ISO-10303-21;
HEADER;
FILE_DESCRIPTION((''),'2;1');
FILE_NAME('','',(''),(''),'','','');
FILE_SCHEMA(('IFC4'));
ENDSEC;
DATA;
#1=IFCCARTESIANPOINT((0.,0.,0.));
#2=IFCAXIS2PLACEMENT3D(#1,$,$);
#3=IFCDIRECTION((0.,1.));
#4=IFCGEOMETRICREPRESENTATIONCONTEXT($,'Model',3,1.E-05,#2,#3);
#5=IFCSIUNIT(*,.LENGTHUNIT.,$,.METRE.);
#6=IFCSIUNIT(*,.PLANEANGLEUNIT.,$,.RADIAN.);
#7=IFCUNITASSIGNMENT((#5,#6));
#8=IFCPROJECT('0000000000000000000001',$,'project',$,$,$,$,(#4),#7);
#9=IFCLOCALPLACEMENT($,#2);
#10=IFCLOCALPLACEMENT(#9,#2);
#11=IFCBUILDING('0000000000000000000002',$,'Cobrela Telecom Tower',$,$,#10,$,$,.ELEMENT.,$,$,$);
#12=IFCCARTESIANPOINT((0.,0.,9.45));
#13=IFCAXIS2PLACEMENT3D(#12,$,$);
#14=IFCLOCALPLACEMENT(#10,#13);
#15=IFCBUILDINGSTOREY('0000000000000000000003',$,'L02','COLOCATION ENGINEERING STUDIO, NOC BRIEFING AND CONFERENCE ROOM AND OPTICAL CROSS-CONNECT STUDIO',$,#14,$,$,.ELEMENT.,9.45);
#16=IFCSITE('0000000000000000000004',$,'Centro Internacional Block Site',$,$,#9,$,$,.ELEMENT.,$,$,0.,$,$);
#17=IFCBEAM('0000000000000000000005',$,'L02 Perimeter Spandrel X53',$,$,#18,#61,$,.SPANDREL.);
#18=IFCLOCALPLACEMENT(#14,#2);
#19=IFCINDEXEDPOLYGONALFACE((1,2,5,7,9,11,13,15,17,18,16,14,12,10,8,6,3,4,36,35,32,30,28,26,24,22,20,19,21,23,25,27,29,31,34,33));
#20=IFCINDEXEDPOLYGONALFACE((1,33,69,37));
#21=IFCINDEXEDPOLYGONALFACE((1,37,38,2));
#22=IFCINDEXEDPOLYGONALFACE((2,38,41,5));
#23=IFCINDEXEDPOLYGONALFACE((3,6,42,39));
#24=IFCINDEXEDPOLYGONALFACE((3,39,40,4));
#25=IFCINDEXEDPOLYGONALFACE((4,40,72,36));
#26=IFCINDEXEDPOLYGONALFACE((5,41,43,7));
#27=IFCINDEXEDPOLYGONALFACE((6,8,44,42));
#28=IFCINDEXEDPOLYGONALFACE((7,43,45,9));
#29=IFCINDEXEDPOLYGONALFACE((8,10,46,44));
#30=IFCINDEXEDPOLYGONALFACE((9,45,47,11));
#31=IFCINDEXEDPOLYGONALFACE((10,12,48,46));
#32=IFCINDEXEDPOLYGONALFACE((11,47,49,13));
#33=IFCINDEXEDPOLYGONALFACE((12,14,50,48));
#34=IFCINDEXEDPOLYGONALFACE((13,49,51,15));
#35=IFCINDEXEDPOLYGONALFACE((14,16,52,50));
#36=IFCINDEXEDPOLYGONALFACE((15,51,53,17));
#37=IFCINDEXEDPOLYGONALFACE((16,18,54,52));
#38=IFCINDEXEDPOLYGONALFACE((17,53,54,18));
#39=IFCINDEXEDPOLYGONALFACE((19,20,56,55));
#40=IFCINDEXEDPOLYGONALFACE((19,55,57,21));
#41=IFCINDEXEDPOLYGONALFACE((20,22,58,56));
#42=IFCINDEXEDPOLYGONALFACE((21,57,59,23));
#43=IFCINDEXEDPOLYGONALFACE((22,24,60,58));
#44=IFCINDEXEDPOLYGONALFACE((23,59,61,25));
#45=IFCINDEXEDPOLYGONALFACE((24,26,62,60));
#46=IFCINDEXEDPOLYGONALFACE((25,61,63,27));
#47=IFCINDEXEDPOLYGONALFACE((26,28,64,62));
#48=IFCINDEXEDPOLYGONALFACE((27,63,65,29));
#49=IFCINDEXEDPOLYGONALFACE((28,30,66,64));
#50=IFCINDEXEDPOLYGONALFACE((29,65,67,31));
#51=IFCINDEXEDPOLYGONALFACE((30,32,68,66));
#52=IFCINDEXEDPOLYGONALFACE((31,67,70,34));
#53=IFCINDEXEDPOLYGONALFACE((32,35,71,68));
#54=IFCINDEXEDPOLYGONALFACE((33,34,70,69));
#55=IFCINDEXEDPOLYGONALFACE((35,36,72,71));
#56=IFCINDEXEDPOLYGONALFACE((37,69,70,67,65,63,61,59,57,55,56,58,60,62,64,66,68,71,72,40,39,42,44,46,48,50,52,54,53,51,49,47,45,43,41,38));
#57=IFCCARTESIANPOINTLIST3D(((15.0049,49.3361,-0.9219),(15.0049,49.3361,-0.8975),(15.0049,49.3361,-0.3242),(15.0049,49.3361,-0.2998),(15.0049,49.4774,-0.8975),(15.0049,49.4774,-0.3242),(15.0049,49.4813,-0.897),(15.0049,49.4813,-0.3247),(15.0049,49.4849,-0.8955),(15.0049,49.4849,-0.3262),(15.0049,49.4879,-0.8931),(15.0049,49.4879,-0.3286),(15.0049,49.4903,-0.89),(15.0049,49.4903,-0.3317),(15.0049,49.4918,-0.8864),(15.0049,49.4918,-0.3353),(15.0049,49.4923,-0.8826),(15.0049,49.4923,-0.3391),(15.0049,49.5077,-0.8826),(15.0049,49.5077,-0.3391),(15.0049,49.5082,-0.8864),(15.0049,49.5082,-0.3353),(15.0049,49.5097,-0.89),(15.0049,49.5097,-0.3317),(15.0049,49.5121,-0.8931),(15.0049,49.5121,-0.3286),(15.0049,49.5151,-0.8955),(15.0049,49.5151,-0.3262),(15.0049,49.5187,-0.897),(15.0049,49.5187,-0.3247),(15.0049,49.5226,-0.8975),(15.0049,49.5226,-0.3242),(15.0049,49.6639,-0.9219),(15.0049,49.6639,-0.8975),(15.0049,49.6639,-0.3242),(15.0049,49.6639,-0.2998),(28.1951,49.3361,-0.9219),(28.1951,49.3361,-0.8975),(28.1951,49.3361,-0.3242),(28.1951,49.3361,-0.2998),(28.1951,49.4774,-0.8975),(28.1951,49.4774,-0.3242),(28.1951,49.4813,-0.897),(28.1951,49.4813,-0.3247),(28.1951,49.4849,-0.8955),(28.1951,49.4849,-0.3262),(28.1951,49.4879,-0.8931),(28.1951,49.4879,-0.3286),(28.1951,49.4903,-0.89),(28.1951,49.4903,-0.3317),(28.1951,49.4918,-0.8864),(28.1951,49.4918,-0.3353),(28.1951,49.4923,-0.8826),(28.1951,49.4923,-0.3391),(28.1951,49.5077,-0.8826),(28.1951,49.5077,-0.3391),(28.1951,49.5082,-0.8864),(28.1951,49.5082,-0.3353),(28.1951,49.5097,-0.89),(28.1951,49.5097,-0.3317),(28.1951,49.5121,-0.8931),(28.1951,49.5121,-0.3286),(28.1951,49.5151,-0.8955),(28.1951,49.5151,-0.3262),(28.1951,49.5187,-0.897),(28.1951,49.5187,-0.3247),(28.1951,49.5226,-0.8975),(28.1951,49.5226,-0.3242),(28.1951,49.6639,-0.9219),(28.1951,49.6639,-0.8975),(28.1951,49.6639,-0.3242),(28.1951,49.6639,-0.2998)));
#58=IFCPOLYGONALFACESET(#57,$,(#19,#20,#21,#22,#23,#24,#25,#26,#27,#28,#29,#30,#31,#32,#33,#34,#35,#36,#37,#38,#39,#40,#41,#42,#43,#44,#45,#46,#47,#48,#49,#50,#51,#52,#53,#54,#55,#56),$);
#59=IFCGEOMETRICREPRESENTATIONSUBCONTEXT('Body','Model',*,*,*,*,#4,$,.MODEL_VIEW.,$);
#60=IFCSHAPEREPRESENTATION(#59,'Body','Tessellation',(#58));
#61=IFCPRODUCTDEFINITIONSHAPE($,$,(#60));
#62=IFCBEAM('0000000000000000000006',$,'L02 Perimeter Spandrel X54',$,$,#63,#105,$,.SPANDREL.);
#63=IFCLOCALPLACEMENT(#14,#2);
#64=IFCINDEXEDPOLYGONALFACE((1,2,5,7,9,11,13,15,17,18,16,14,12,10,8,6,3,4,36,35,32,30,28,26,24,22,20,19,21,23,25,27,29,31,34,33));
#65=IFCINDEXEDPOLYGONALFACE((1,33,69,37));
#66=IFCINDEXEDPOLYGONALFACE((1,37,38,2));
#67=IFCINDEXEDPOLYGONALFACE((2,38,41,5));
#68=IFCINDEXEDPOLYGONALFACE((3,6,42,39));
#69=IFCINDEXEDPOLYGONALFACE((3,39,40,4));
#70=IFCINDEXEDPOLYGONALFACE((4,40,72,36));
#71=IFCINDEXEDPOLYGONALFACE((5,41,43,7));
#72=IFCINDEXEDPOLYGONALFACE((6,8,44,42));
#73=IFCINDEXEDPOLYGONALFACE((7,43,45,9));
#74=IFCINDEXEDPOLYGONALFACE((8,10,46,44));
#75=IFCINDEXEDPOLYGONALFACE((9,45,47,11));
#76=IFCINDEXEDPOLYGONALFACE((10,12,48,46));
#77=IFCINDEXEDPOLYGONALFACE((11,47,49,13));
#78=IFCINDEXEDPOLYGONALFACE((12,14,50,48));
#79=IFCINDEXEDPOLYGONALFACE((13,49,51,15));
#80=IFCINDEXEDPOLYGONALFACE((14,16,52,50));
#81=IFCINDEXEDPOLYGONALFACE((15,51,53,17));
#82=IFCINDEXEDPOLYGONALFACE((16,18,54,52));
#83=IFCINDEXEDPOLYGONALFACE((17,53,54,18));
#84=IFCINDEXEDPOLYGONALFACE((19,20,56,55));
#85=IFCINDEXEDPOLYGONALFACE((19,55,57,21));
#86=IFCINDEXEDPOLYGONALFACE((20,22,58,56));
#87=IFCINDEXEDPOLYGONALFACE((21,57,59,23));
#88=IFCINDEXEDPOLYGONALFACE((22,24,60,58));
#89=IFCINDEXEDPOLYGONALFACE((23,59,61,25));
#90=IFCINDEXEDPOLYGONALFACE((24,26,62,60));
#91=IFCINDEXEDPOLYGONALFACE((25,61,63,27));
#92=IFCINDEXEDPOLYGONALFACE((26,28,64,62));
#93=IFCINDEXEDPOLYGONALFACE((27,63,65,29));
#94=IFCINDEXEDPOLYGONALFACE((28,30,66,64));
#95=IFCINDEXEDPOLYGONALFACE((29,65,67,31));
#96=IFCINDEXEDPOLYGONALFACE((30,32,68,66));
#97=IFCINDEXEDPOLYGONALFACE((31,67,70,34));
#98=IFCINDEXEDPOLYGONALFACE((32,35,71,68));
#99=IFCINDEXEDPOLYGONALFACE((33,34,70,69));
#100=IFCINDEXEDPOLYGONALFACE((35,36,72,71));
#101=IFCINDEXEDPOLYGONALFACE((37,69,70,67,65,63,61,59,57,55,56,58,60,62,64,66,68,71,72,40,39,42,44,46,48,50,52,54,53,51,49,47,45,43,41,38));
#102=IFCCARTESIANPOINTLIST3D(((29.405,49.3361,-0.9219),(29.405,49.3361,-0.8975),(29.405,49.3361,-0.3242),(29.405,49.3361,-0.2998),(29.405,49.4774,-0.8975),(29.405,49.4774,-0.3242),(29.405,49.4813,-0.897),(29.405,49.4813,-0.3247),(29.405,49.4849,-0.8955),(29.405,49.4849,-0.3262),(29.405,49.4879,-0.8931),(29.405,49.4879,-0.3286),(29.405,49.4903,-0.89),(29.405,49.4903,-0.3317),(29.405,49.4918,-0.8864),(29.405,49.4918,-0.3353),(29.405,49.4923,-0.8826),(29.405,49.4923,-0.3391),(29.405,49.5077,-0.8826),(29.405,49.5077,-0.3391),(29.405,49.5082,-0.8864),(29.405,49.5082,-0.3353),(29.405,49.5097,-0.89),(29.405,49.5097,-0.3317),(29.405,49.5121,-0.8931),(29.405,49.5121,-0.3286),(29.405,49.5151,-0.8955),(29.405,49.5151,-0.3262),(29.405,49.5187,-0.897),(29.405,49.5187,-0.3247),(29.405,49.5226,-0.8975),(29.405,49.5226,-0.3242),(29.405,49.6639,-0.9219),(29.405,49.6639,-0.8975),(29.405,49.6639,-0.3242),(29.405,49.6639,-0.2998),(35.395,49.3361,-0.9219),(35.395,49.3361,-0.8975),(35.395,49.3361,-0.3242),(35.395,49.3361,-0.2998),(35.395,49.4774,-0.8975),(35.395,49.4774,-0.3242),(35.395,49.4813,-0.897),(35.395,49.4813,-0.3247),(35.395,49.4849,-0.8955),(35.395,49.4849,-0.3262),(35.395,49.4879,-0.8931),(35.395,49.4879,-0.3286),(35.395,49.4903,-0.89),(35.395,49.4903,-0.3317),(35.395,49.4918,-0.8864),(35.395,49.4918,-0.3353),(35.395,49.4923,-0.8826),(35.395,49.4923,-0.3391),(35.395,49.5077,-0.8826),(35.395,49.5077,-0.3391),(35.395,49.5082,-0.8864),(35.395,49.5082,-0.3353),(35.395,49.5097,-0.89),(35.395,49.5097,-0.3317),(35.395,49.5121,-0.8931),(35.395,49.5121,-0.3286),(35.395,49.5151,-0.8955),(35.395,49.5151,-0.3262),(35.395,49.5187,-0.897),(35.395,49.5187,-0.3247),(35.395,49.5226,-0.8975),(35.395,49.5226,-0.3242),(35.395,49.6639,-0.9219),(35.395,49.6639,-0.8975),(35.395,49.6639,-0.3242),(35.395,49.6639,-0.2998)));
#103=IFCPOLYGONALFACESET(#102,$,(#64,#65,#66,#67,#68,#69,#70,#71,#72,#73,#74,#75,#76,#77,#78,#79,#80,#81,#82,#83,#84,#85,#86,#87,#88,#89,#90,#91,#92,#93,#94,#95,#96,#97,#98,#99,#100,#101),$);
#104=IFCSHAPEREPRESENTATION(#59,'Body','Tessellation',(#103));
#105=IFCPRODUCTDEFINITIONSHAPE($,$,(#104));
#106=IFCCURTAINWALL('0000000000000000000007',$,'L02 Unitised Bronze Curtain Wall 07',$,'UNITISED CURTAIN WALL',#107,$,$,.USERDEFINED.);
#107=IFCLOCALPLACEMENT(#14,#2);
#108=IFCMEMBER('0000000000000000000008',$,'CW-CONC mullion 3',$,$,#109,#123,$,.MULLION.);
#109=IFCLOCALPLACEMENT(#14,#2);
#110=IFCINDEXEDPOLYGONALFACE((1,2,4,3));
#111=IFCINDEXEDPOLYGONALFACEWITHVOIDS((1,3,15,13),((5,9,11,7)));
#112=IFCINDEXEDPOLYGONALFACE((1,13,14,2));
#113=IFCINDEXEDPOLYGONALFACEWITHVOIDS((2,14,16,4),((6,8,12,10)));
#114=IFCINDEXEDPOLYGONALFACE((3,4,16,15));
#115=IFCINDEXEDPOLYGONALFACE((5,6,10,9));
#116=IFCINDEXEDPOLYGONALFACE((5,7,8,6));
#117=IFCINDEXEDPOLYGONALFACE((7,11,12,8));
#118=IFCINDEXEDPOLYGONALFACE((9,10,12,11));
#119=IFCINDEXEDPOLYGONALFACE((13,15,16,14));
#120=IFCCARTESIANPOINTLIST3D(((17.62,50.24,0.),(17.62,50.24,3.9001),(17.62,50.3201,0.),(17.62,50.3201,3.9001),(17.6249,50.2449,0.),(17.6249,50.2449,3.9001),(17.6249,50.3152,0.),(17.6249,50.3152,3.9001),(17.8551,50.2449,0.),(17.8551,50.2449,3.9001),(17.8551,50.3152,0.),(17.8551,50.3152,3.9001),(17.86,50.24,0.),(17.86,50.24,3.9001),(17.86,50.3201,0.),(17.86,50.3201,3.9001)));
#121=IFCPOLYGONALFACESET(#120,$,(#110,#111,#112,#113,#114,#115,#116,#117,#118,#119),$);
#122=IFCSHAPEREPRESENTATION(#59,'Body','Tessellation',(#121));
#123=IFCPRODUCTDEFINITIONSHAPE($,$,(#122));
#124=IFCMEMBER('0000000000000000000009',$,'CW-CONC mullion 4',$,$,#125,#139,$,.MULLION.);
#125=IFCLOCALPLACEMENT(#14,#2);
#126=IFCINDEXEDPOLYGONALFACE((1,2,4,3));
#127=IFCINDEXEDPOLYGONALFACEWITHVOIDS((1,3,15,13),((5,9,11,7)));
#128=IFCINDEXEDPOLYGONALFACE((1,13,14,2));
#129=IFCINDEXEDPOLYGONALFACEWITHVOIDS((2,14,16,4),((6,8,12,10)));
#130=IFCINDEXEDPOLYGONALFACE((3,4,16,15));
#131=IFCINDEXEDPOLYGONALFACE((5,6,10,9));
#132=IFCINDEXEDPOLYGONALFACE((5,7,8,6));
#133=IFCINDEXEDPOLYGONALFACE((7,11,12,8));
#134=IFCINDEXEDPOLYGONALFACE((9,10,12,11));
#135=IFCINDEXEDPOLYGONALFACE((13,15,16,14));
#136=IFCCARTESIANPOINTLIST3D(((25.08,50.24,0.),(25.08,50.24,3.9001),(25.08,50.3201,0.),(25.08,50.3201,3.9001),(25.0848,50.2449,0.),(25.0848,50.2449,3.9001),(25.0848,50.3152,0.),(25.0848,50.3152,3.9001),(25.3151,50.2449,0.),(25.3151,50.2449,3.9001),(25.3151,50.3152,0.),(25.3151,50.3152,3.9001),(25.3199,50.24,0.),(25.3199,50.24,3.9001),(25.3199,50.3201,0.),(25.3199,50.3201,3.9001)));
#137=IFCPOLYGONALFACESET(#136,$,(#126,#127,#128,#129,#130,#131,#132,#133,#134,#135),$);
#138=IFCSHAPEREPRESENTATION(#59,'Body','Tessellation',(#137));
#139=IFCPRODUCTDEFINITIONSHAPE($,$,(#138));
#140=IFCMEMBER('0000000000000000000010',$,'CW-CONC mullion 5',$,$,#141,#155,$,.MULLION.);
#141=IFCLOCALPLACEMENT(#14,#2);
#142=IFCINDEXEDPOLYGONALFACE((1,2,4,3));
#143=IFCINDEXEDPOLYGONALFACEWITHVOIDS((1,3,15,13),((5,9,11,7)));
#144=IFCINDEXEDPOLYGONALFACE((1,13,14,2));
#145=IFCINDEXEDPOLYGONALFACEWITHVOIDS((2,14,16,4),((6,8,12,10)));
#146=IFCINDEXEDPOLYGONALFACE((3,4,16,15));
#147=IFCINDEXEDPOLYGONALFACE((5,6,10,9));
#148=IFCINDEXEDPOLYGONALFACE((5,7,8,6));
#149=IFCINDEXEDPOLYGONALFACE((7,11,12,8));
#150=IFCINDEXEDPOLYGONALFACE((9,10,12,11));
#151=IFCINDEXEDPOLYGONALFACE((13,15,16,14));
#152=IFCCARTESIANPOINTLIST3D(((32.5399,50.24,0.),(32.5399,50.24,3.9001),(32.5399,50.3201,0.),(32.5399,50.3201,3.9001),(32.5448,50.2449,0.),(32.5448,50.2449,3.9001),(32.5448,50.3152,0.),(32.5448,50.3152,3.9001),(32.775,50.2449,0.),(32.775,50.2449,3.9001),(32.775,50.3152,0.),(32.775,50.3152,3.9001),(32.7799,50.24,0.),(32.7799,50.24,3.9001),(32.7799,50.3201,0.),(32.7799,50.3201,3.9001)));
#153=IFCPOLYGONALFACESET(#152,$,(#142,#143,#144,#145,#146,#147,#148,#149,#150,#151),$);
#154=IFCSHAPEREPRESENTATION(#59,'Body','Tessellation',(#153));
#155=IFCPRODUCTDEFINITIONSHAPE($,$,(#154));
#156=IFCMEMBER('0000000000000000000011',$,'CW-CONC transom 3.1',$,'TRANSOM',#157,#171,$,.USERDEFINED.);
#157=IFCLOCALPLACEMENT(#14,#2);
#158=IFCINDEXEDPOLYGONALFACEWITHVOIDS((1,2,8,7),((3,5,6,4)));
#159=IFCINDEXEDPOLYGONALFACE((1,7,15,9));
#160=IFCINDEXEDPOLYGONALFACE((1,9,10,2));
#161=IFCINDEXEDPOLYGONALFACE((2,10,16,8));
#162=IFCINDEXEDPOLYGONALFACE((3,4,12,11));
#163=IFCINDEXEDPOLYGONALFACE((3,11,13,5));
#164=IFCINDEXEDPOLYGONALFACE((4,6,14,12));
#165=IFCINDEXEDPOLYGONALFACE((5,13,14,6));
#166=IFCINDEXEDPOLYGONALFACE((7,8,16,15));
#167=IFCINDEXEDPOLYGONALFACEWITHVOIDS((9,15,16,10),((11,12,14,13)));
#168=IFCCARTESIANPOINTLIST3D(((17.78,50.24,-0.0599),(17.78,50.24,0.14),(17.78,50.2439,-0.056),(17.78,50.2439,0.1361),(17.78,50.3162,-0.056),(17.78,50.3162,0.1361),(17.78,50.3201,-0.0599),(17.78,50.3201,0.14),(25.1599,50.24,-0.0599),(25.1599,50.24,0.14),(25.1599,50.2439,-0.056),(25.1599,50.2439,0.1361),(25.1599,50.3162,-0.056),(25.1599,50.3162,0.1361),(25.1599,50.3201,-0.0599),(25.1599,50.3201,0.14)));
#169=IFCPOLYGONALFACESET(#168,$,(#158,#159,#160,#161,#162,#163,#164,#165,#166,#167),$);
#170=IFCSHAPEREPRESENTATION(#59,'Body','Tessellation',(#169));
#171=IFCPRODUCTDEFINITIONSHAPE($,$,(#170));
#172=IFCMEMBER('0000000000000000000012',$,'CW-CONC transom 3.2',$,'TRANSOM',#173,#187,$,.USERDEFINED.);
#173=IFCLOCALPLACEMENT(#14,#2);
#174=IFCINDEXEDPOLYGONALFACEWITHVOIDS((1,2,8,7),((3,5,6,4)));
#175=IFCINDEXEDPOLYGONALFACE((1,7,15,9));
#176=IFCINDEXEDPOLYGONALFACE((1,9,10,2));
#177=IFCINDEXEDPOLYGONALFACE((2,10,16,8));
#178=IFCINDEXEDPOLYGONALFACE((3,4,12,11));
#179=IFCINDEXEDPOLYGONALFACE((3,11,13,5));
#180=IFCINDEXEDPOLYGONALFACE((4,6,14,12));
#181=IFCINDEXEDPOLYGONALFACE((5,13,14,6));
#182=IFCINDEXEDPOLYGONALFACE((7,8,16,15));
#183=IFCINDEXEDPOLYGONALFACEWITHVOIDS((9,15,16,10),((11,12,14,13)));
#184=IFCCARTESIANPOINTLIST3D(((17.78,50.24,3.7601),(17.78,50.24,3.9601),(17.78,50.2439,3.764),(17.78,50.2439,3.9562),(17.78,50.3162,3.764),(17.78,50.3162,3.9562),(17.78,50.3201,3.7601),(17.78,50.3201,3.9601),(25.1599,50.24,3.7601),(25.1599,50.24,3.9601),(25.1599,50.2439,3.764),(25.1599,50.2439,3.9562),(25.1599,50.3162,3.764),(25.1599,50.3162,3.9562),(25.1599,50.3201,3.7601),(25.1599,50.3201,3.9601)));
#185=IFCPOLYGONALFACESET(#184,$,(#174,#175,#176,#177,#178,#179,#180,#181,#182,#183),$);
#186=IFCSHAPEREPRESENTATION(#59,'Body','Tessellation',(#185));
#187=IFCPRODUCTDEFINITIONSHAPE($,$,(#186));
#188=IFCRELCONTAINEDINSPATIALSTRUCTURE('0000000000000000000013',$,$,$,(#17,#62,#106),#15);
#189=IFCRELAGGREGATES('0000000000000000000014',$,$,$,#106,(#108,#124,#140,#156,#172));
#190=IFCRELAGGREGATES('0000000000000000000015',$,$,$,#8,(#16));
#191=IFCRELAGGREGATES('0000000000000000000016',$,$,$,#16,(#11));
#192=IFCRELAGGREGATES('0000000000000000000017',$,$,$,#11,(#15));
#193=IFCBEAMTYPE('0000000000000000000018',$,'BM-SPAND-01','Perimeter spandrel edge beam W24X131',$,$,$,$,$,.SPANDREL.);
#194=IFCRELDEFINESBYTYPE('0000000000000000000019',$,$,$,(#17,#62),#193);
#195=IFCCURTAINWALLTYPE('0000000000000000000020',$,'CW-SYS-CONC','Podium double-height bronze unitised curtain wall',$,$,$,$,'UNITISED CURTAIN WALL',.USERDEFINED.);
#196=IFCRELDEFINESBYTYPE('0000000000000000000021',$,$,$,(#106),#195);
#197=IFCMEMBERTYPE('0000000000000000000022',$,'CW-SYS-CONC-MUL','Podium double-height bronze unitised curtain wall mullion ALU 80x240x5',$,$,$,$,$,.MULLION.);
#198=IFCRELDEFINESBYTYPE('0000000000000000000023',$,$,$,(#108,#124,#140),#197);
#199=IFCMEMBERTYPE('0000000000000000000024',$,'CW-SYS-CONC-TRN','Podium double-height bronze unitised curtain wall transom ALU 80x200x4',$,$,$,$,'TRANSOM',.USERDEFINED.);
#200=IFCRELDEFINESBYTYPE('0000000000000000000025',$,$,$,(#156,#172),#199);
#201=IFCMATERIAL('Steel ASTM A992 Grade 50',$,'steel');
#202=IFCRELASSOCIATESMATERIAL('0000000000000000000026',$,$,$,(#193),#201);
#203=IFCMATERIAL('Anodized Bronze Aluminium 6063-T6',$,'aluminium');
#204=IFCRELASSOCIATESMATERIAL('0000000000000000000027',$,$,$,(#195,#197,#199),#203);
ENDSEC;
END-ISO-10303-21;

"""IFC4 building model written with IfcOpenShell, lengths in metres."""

from ifc_helpers import new_model, si_unit, direction, frame, origin, origin_2d, place, context, subcontext, project, spatial, hollow_rectangle, i_section, extrude, material, material_profile, profile_set, type_object, element, aggregate, save


model = new_model("IFC4")

# Units and contexts
model_context = context("Model", 3, precision=1e-05, world=origin(), true_north=direction((0.0, 1.0)))
body_context = subcontext(model_context, "Body", "Model", "MODEL_VIEW")
ifc_project = project(units=[si_unit("LENGTHUNIT", "METRE"), si_unit("PLANEANGLEUNIT", "RADIAN")], contexts=[model_context])

# Site, building, storey
site_placement = place(None, origin())
site = spatial("IfcSite", under=ifc_project, at=site_placement, Name="Centro Internacional Block Site", CompositionType="ELEMENT", RefElevation=0.0)
building_placement = place(site_placement, origin())
building = spatial("IfcBuilding", under=site, at=building_placement, Name="Cobrela Telecom Tower", CompositionType="ELEMENT")
storey_placement = place(building_placement, frame((0.0, 0.0, 9.45)))
storey = spatial("IfcBuildingStorey", under=building, at=storey_placement, Name="L02", Description="COLOCATION ENGINEERING STUDIO, NOC BRIEFING AND CONFERENCE ROOM AND OPTICAL CROSS-CONNECT STUDIO", CompositionType="ELEMENT", Elevation=9.45)

# Beams
ifc_material_1 = material(Name="Steel ASTM A992 Grade 50", Category="steel")
ifc_material_profile_1 = material_profile(ifc_material_1, i_section(OverallWidth=0.3279, OverallDepth=0.6221, WebThickness=0.0154, FlangeThickness=0.0244, FilletRadius=0.0149, at=origin_2d()), Name="W24X131")
ifc_profile_set_1 = profile_set([ifc_material_profile_1], Name="Steel ASTM A992 Grade 50")
beam_type_1 = type_object("IfcBeamType", Name="BM-SPAND-01", Description="Perimeter spandrel edge beam W24X131", PredefinedType="SPANDREL", material=ifc_profile_set_1)
beam_1_placement = place(storey_placement, frame((15.0049, 49.5, -0.6108), z_axis=(1.0, 0.0, 0.0), x_axis=(0.0, 1.0, 0.0)))
element("IfcBeam", 1, at=beam_1_placement, inside=storey, type_object=beam_type_1, Name="L02 Perimeter Spandrel X53", PredefinedType="SPANDREL", context=body_context, shape_type="SweptSolid", body=[
    extrude(i_section(OverallWidth=0.3279, OverallDepth=0.6221, WebThickness=0.0154, FlangeThickness=0.0244, FilletRadius=0.0149, at=origin_2d()), origin(), (0.0, 0.0, 1.0), 13.1902),
])
beam_2_placement = place(storey_placement, frame((29.405, 49.5, -0.6108), z_axis=(1.0, 0.0, 0.0), x_axis=(0.0, 1.0, 0.0)))
element("IfcBeam", 2, at=beam_2_placement, inside=storey, type_object=beam_type_1, Name="L02 Perimeter Spandrel X54", PredefinedType="SPANDREL", context=body_context, shape_type="SweptSolid", body=[
    extrude(i_section(OverallWidth=0.3279, OverallDepth=0.6221, WebThickness=0.0154, FlangeThickness=0.0244, FilletRadius=0.0149, at=origin_2d()), origin(), (0.0, 0.0, 1.0), 5.99),
])

# Curtain wall, members
ifc_material_2 = material(Name="Anodized Bronze Aluminium 6063-T6", Category="aluminium")
curtain_wall_type = type_object("IfcCurtainWallType", Name="CW-SYS-CONC", Description="Podium double-height bronze unitised curtain wall", ElementType="UNITISED CURTAIN WALL", PredefinedType="USERDEFINED", material=ifc_material_2)
curtain_wall_placement = place(storey_placement, origin())
curtain_wall = element("IfcCurtainWall", 3, at=curtain_wall_placement, inside=storey, type_object=curtain_wall_type, Name="L02 Unitised Bronze Curtain Wall 07", ObjectType="UNITISED CURTAIN WALL", PredefinedType="USERDEFINED")
ifc_material_profile_2 = material_profile(ifc_material_2, hollow_rectangle(XDim=0.0801, YDim=0.24, WallThickness=0.0049, at=origin_2d()), Name="ALU 80x240x5")
ifc_profile_set_2 = profile_set([ifc_material_profile_2], Name="Anodized Bronze Aluminium 6063-T6")
member_type_1 = type_object("IfcMemberType", Name="CW-SYS-CONC-MUL", Description="Podium double-height bronze unitised curtain wall mullion ALU 80x240x5", PredefinedType="MULLION", material=ifc_profile_set_2)
member_1_placement = place(storey_placement, frame((17.74, 50.28, 0.0), z_axis=(0.0, 0.0, 1.0), x_axis=(0.0, 1.0, 0.0)))
member_1 = element("IfcMember", 4, at=member_1_placement, type_object=member_type_1, Name="CW-CONC mullion 3", PredefinedType="MULLION", context=body_context, shape_type="SweptSolid", body=[
    extrude(hollow_rectangle(XDim=0.0801, YDim=0.24, WallThickness=0.0049, at=origin_2d()), origin(), (0.0, 0.0, 1.0), 3.9001),
])
member_2_placement = place(storey_placement, frame((25.2, 50.28, 0.0), z_axis=(0.0, 0.0, 1.0), x_axis=(0.0, 1.0, 0.0)))
member_2 = element("IfcMember", 5, at=member_2_placement, type_object=member_type_1, Name="CW-CONC mullion 4", PredefinedType="MULLION", context=body_context, shape_type="SweptSolid", body=[
    extrude(hollow_rectangle(XDim=0.0801, YDim=0.24, WallThickness=0.0049, at=origin_2d()), origin(), (0.0, 0.0, 1.0), 3.9001),
])
member_3_placement = place(storey_placement, frame((32.6599, 50.28, 0.0), z_axis=(0.0, 0.0, 1.0), x_axis=(0.0, 1.0, 0.0)))
member_3 = element("IfcMember", 6, at=member_3_placement, type_object=member_type_1, Name="CW-CONC mullion 5", PredefinedType="MULLION", context=body_context, shape_type="SweptSolid", body=[
    extrude(hollow_rectangle(XDim=0.0801, YDim=0.24, WallThickness=0.0049, at=origin_2d()), origin(), (0.0, 0.0, 1.0), 3.9001),
])
ifc_material_profile_3 = material_profile(ifc_material_2, hollow_rectangle(XDim=0.0801, YDim=0.2, WallThickness=0.0039, at=origin_2d()), Name="ALU 80x200x4")
ifc_profile_set_3 = profile_set([ifc_material_profile_3], Name="Anodized Bronze Aluminium 6063-T6")
member_type_2 = type_object("IfcMemberType", Name="CW-SYS-CONC-TRN", Description="Podium double-height bronze unitised curtain wall transom ALU 80x200x4", ElementType="TRANSOM", PredefinedType="USERDEFINED", material=ifc_profile_set_3)
member_4_placement = place(storey_placement, frame((17.78, 50.28, 0.04), z_axis=(1.0, 0.0, 0.0), x_axis=(0.0, 1.0, 0.0)))
member_4 = element("IfcMember", 7, at=member_4_placement, type_object=member_type_2, Name="CW-CONC transom 3.1", ObjectType="TRANSOM", PredefinedType="USERDEFINED", context=body_context, shape_type="SweptSolid", body=[
    extrude(hollow_rectangle(XDim=0.0801, YDim=0.2, WallThickness=0.0039, at=origin_2d()), origin(), (0.0, 0.0, 1.0), 7.3799),
])
member_5_placement = place(storey_placement, frame((17.78, 50.28, 3.8601), z_axis=(1.0, 0.0, 0.0), x_axis=(0.0, 1.0, 0.0)))
member_5 = element("IfcMember", 8, at=member_5_placement, type_object=member_type_2, Name="CW-CONC transom 3.2", ObjectType="TRANSOM", PredefinedType="USERDEFINED", context=body_context, shape_type="SweptSolid", body=[
    extrude(hollow_rectangle(XDim=0.0801, YDim=0.2, WallThickness=0.0039, at=origin_2d()), origin(), (0.0, 0.0, 1.0), 7.3799),
])
aggregate(curtain_wall, [member_1, member_2, member_3, member_4, member_5])

save(model, "model.ifc")
